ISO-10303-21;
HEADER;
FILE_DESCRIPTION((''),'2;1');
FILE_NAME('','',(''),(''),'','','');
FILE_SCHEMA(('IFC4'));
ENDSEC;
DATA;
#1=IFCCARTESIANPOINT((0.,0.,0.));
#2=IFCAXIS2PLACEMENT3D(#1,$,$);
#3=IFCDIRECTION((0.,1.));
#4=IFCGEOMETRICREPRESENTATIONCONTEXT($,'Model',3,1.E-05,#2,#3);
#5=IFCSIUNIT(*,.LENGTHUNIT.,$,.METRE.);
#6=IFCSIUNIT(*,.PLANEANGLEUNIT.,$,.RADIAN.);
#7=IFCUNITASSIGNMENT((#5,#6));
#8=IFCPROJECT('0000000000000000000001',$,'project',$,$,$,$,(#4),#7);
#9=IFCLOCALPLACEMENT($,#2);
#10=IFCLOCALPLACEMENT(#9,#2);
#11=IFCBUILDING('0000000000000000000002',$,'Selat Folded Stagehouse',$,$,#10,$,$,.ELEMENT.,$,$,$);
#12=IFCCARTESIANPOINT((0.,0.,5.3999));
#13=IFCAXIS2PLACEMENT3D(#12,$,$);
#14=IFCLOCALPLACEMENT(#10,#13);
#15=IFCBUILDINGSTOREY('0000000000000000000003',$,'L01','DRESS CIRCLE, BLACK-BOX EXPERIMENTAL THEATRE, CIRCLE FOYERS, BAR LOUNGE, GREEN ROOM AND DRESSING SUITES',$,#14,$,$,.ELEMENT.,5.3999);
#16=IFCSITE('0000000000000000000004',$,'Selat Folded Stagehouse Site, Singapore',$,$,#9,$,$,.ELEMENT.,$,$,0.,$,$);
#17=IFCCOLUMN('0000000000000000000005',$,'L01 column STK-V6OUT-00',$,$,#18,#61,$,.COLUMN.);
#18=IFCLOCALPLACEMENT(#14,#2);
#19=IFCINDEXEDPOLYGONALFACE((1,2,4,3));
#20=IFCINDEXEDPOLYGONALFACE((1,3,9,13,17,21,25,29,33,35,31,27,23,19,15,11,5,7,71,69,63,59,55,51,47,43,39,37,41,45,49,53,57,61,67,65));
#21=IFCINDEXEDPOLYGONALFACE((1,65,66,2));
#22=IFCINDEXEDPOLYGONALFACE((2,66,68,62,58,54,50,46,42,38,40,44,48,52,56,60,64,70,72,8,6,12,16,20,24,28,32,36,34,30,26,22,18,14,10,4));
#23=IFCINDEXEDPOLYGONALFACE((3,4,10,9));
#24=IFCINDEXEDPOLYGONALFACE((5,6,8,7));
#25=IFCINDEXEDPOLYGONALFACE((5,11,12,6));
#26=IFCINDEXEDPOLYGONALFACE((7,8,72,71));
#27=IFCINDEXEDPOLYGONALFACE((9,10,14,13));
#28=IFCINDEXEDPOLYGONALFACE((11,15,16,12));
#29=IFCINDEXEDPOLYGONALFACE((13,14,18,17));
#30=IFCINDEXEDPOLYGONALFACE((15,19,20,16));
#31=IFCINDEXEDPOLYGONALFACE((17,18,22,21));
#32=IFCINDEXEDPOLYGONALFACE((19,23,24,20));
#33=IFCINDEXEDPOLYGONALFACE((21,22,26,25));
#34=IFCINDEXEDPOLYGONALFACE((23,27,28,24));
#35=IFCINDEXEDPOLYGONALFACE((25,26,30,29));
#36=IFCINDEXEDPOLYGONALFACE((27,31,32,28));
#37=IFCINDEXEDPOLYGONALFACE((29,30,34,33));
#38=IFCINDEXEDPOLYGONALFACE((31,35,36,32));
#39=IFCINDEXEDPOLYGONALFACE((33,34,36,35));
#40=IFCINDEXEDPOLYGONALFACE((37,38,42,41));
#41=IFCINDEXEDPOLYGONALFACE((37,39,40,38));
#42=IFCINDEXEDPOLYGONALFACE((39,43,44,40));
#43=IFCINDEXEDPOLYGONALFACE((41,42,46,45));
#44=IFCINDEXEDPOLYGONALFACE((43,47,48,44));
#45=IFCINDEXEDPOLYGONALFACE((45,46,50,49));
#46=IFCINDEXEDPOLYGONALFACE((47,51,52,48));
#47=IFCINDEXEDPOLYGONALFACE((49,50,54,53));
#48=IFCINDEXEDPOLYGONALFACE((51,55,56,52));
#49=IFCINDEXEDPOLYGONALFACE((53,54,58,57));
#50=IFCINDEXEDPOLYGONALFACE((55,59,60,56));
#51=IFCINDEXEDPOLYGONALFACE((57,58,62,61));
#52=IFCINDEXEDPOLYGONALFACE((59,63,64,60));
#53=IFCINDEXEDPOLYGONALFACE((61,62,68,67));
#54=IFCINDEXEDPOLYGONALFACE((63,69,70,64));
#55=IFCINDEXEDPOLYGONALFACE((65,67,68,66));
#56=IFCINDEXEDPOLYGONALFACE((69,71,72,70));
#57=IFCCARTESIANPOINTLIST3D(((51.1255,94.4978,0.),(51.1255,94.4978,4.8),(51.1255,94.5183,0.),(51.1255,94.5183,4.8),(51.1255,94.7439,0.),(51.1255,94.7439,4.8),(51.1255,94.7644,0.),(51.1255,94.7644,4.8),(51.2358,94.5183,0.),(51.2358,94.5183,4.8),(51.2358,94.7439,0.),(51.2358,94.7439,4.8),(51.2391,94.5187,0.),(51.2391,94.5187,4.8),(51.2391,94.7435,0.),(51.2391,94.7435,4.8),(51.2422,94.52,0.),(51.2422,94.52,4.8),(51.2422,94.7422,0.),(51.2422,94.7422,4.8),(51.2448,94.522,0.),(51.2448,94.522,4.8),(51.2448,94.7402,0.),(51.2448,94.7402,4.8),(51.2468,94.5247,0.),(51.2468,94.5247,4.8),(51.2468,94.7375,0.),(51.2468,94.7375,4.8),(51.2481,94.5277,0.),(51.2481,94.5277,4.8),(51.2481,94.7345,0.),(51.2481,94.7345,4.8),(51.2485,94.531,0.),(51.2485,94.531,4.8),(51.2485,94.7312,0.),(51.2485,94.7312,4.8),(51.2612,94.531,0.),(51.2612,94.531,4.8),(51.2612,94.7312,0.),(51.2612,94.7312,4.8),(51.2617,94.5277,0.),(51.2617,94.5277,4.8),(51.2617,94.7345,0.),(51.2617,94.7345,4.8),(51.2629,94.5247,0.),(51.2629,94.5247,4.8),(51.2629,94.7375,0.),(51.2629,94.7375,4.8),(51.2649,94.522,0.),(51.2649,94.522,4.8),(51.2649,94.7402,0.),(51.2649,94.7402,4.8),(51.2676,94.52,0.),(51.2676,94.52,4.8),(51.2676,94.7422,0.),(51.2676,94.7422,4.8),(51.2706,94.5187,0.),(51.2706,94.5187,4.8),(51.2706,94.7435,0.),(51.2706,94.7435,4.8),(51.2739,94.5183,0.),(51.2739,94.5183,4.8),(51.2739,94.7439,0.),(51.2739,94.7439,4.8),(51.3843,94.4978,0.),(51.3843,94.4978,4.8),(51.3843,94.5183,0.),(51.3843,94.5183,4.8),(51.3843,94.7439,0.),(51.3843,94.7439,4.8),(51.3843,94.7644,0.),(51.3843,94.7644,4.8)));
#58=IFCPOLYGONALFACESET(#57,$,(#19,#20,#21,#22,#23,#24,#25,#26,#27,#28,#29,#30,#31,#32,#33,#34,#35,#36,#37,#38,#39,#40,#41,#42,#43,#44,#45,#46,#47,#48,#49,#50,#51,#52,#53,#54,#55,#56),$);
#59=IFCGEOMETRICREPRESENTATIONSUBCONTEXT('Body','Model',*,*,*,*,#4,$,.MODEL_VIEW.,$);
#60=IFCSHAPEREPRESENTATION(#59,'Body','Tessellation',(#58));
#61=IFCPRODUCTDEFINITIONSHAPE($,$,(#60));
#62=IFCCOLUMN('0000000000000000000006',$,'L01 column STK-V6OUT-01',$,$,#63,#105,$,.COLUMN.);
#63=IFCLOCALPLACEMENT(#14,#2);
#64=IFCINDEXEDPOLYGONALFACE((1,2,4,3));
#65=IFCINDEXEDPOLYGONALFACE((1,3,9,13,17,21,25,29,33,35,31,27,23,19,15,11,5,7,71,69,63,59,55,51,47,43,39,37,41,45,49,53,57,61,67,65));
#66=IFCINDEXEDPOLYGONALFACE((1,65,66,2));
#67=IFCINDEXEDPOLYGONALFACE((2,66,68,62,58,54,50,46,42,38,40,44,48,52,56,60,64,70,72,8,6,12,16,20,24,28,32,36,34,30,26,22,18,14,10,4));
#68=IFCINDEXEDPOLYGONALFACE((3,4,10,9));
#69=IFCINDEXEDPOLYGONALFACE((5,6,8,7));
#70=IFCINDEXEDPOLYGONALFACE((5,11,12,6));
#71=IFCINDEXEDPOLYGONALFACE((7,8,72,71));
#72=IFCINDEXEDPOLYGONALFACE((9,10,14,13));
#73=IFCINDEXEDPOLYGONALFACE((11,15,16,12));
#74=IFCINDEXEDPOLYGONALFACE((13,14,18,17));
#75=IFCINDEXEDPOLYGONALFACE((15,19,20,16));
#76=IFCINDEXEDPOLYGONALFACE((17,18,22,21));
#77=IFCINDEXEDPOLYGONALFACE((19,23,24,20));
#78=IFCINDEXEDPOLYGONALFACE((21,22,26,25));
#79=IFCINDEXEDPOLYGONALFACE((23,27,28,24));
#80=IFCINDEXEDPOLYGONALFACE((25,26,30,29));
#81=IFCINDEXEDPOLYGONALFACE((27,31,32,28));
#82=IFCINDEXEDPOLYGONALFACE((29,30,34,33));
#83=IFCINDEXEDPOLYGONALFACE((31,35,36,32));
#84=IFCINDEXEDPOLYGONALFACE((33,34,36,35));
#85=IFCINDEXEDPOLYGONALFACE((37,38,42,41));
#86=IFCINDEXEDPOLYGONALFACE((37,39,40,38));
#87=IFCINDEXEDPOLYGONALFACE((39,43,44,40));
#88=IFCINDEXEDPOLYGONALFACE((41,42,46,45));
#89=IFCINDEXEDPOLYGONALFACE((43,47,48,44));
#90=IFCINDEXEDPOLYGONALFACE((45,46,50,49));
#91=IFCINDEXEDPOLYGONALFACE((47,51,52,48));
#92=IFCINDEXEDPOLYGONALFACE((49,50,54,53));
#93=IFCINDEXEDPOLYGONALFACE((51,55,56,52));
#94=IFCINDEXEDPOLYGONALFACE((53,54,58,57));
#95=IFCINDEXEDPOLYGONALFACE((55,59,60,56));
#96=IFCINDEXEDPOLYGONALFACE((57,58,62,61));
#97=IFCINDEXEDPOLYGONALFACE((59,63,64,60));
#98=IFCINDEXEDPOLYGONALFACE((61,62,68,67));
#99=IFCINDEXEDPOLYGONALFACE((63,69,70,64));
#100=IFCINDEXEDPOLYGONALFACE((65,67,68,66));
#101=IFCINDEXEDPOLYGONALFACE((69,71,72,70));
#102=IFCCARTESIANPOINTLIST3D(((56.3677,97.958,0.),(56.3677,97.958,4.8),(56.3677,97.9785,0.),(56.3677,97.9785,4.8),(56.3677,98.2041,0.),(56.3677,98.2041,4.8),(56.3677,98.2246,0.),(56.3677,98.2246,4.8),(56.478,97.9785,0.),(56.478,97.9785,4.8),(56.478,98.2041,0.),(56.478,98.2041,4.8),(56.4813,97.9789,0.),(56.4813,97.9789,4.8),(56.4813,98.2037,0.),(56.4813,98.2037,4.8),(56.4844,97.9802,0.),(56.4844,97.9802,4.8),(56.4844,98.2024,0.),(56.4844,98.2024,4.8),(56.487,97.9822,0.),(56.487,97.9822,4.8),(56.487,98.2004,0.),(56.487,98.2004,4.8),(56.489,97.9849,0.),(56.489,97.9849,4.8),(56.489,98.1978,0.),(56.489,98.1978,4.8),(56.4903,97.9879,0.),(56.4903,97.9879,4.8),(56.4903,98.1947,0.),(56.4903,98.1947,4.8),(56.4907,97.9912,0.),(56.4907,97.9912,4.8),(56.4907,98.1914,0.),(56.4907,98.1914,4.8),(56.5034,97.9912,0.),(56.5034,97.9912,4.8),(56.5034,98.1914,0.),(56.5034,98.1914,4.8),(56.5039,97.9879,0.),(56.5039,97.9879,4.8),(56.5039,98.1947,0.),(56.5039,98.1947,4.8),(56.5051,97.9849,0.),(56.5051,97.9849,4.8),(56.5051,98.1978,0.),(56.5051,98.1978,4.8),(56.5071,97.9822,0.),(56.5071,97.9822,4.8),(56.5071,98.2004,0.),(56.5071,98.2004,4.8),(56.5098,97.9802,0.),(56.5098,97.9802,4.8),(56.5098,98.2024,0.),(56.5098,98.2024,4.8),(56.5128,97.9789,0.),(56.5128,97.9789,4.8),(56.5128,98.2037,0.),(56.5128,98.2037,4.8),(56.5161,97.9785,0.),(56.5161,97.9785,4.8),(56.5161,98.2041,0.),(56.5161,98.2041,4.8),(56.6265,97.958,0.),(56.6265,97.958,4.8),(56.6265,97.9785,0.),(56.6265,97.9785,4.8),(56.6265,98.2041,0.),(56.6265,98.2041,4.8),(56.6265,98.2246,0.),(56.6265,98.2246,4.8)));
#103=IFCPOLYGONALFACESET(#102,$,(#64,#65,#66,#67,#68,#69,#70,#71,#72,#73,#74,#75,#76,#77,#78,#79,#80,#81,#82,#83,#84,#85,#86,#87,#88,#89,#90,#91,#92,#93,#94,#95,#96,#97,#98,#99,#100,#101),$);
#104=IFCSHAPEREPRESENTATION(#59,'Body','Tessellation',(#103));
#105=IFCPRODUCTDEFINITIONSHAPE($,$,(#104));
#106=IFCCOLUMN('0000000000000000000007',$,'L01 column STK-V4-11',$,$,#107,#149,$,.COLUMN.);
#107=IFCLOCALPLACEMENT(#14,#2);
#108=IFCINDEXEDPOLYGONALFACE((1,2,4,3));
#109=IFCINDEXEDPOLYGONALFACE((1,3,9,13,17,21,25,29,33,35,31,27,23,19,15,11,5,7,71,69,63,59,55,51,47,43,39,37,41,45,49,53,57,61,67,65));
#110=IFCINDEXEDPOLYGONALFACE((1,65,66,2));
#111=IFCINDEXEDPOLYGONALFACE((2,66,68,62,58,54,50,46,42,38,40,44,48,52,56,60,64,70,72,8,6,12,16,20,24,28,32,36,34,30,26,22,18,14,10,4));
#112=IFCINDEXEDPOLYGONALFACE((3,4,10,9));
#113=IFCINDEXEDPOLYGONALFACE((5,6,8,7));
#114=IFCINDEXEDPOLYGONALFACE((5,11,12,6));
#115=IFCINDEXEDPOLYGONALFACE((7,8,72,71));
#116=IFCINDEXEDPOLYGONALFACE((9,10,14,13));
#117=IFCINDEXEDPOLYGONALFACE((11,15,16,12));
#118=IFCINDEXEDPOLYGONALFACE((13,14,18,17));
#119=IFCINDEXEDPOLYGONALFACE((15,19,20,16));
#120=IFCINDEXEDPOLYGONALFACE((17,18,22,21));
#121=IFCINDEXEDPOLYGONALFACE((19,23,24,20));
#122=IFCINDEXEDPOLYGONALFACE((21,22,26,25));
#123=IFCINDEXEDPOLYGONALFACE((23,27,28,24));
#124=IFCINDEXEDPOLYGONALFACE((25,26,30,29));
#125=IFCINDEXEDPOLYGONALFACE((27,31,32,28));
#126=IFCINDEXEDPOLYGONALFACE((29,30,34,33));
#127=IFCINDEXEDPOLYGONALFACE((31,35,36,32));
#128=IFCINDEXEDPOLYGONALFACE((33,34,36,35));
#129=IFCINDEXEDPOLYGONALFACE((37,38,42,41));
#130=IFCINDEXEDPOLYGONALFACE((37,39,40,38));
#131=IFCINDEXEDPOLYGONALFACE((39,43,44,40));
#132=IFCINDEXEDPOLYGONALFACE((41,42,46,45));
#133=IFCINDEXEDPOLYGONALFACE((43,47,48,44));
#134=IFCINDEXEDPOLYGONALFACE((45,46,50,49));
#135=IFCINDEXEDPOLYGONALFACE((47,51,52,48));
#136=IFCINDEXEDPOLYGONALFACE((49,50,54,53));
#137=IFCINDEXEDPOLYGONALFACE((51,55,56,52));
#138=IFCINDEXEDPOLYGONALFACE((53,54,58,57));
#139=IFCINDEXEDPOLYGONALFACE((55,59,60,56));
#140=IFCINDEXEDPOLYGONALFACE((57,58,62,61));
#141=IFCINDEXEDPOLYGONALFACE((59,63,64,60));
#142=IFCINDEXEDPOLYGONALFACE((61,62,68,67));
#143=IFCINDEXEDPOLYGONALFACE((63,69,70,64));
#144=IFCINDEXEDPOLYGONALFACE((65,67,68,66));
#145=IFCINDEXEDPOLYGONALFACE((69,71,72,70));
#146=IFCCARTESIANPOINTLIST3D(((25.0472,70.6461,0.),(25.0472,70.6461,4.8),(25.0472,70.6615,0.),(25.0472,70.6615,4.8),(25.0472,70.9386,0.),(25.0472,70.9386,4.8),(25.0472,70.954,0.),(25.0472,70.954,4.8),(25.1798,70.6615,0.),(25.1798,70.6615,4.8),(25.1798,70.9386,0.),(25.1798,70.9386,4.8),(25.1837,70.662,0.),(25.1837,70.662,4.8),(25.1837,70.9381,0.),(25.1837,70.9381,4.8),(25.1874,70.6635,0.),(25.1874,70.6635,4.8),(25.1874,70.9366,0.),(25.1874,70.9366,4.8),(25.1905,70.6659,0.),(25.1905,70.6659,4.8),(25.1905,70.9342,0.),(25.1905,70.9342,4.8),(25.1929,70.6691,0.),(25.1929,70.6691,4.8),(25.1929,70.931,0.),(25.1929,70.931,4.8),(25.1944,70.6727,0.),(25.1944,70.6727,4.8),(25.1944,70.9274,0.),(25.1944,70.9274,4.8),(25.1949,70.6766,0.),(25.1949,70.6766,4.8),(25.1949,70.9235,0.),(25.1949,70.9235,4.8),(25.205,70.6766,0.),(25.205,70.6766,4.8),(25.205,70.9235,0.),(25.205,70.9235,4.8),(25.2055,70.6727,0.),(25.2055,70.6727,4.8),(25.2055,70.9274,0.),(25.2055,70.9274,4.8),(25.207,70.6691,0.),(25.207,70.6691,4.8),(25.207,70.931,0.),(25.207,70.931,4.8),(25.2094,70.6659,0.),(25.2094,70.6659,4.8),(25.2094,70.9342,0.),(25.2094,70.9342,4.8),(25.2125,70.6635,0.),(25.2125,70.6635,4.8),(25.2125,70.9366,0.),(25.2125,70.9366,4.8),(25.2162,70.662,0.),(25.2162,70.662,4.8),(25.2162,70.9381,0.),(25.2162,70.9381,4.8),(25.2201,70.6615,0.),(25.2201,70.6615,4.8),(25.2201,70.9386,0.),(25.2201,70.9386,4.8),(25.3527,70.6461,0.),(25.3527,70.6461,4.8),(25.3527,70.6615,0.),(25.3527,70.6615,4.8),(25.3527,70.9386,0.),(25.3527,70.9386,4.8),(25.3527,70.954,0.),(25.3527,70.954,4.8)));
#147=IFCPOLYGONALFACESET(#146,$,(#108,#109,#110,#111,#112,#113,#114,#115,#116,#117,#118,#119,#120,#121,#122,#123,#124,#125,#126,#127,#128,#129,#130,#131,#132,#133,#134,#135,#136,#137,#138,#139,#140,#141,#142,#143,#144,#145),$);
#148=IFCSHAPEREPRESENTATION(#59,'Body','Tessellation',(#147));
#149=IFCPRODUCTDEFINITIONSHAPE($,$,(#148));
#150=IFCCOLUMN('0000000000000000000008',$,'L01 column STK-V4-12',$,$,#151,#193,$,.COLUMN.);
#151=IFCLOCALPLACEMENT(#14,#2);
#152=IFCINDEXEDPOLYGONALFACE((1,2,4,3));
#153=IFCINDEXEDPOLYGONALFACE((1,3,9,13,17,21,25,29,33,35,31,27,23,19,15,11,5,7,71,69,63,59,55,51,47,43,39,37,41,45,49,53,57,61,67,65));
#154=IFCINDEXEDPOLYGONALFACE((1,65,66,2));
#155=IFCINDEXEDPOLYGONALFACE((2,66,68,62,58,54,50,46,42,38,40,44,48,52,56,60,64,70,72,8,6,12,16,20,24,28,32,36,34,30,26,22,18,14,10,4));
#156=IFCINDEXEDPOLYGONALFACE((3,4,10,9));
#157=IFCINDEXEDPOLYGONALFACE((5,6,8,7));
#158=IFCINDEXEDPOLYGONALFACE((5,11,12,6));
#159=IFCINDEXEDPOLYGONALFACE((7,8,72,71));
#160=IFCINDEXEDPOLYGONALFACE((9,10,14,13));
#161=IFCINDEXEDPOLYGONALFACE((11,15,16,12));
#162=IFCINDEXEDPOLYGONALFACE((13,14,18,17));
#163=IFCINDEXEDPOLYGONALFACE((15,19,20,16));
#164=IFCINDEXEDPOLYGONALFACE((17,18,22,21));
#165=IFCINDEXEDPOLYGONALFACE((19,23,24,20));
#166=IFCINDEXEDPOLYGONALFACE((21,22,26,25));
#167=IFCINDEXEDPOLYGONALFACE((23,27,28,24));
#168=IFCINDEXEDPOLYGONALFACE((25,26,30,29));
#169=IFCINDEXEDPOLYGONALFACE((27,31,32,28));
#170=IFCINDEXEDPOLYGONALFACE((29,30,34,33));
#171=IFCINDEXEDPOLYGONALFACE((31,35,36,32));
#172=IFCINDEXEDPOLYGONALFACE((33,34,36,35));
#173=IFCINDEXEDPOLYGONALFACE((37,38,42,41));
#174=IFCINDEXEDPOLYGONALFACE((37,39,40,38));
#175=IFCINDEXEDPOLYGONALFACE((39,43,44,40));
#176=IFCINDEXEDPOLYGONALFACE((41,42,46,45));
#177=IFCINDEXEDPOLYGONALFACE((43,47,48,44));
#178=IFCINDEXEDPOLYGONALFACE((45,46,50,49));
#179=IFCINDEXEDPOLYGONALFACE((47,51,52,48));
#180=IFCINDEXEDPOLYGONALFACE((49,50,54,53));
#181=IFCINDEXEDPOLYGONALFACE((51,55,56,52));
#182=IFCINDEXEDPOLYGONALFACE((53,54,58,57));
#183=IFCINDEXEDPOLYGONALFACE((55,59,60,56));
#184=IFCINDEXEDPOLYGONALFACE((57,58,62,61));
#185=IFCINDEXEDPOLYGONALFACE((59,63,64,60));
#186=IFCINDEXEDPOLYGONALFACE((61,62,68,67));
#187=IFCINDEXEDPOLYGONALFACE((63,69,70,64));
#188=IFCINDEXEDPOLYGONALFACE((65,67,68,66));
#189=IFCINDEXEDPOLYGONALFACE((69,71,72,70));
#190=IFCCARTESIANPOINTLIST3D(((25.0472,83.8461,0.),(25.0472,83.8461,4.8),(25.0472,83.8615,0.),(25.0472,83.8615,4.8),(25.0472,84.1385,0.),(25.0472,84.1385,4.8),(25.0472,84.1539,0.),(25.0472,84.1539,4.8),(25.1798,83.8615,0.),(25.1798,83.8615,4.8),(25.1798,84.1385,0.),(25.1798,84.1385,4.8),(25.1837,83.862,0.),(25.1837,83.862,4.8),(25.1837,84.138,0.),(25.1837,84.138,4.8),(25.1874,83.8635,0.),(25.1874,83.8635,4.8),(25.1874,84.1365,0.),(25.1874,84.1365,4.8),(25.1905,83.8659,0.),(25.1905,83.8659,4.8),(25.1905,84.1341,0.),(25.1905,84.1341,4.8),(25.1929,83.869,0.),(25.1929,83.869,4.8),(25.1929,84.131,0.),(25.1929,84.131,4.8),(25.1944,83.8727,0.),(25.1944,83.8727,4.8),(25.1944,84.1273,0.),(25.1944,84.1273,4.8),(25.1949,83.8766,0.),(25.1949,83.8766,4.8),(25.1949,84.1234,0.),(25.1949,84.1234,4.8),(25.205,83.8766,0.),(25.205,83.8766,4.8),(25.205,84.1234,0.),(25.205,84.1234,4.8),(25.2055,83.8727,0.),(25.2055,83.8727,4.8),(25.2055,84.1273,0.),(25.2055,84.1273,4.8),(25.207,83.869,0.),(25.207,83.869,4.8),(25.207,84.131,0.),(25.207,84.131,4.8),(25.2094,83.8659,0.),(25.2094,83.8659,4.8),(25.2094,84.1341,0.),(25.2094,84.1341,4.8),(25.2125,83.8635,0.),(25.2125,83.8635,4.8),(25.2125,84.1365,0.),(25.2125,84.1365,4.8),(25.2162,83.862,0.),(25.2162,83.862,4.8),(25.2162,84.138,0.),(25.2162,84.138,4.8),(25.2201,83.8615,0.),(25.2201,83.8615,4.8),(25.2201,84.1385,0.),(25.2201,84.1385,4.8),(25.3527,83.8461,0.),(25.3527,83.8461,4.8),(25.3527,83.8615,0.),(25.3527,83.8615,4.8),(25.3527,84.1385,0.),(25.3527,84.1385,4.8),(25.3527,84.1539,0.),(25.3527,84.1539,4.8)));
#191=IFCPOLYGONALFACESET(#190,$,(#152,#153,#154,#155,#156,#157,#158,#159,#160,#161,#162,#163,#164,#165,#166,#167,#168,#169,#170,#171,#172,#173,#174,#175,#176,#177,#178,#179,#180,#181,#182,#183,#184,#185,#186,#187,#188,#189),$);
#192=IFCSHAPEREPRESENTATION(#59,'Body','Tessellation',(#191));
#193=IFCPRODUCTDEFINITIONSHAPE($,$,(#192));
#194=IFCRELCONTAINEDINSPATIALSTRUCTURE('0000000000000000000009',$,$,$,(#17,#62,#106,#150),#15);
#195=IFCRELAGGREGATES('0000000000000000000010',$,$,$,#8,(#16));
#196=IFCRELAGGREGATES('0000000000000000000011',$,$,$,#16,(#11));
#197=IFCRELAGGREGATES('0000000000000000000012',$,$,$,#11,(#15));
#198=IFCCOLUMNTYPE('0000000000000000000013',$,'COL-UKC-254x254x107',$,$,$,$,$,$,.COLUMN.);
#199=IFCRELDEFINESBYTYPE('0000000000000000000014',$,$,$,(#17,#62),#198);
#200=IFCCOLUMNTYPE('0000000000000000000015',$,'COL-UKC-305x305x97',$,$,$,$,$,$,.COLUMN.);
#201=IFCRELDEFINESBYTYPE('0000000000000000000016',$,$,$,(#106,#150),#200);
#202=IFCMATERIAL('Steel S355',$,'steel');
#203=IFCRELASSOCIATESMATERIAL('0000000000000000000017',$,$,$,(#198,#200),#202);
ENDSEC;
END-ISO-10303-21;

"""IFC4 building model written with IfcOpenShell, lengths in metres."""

from ifc_helpers import new_model, si_unit, direction, frame, origin, origin_2d, place, context, subcontext, project, spatial, i_section, extrude, material, material_profile, profile_set, type_object, element, save


model = new_model("IFC4")

# Units and contexts
model_context = context("Model", 3, precision=1e-05, world=origin(), true_north=direction((0.0, 1.0)))
body_context = subcontext(model_context, "Body", "Model", "MODEL_VIEW")
ifc_project = project(units=[si_unit("LENGTHUNIT", "METRE"), si_unit("PLANEANGLEUNIT", "RADIAN")], contexts=[model_context])

# Site, building, storey
site_placement = place(None, origin())
site = spatial("IfcSite", under=ifc_project, at=site_placement, Name="Selat Folded Stagehouse Site, Singapore", CompositionType="ELEMENT", RefElevation=0.0)
building_placement = place(site_placement, origin())
building = spatial("IfcBuilding", under=site, at=building_placement, Name="Selat Folded Stagehouse", CompositionType="ELEMENT")
storey_placement = place(building_placement, frame((0.0, 0.0, 5.3999)))
storey = spatial("IfcBuildingStorey", under=building, at=storey_placement, Name="L01", Description="DRESS CIRCLE, BLACK-BOX EXPERIMENTAL THEATRE, CIRCLE FOYERS, BAR LOUNGE, GREEN ROOM AND DRESSING SUITES", CompositionType="ELEMENT", Elevation=5.3999)

# Columns
ifc_material_1 = material(Name="Steel S355", Category="steel")
ifc_material_profile_1 = material_profile(ifc_material_1, i_section(OverallWidth=0.2588, OverallDepth=0.2666, WebThickness=0.0127, FlangeThickness=0.0205, FilletRadius=0.0127, at=origin_2d()), Name="UKC 254x254x107")
ifc_profile_set_1 = profile_set([ifc_material_profile_1], Name="Steel S355")
column_type_1 = type_object("IfcColumnType", Name="COL-UKC-254x254x107", PredefinedType="COLUMN", material=ifc_profile_set_1)
for number, where, z_axis, x_axis, name in (
    (1, (51.2549, 94.6311, 0.0), (0.0, 0.0, 1.0), (1.0, 0.0, 0.0), "L01 column STK-V6OUT-00"),
    (2, (56.4971, 98.0913, 0.0), (0.0, 0.0, 1.0), (1.0, 0.0, 0.0), "L01 column STK-V6OUT-01"),
):
    element("IfcColumn", number, at=place(storey_placement, frame(where, z_axis=z_axis, x_axis=x_axis)), inside=storey, type_object=column_type_1, Name=name, PredefinedType="COLUMN", context=body_context, shape_type="SweptSolid", body=[
        extrude(i_section(OverallWidth=0.2588, OverallDepth=0.2666, WebThickness=0.0127, FlangeThickness=0.0205, FilletRadius=0.0127, at=origin_2d()), origin(), (0.0, 0.0, 1.0), 4.8),
    ])
ifc_material_profile_2 = material_profile(ifc_material_1, i_section(OverallWidth=0.3054, OverallDepth=0.3079, WebThickness=0.01, FlangeThickness=0.0154, FilletRadius=0.0151, at=origin_2d()), Name="UKC 305x305x97")
ifc_profile_set_2 = profile_set([ifc_material_profile_2], Name="Steel S355")
column_type_2 = type_object("IfcColumnType", Name="COL-UKC-305x305x97", PredefinedType="COLUMN", material=ifc_profile_set_2)
for number, where, z_axis, x_axis, name in (
    (3, (25.2, 70.8, 0.0), (0.0, 0.0, 1.0), (1.0, 0.0, 0.0), "L01 column STK-V4-11"),
    (4, (25.2, 84.0, 0.0), (0.0, 0.0, 1.0), (1.0, 0.0, 0.0), "L01 column STK-V4-12"),
):
    element("IfcColumn", number, at=place(storey_placement, frame(where, z_axis=z_axis, x_axis=x_axis)), inside=storey, type_object=column_type_2, Name=name, PredefinedType="COLUMN", context=body_context, shape_type="SweptSolid", body=[
        extrude(i_section(OverallWidth=0.3054, OverallDepth=0.3079, WebThickness=0.01, FlangeThickness=0.0154, FilletRadius=0.0151, at=origin_2d()), origin(), (0.0, 0.0, 1.0), 4.8),
    ])

save(model, "model.ifc")
